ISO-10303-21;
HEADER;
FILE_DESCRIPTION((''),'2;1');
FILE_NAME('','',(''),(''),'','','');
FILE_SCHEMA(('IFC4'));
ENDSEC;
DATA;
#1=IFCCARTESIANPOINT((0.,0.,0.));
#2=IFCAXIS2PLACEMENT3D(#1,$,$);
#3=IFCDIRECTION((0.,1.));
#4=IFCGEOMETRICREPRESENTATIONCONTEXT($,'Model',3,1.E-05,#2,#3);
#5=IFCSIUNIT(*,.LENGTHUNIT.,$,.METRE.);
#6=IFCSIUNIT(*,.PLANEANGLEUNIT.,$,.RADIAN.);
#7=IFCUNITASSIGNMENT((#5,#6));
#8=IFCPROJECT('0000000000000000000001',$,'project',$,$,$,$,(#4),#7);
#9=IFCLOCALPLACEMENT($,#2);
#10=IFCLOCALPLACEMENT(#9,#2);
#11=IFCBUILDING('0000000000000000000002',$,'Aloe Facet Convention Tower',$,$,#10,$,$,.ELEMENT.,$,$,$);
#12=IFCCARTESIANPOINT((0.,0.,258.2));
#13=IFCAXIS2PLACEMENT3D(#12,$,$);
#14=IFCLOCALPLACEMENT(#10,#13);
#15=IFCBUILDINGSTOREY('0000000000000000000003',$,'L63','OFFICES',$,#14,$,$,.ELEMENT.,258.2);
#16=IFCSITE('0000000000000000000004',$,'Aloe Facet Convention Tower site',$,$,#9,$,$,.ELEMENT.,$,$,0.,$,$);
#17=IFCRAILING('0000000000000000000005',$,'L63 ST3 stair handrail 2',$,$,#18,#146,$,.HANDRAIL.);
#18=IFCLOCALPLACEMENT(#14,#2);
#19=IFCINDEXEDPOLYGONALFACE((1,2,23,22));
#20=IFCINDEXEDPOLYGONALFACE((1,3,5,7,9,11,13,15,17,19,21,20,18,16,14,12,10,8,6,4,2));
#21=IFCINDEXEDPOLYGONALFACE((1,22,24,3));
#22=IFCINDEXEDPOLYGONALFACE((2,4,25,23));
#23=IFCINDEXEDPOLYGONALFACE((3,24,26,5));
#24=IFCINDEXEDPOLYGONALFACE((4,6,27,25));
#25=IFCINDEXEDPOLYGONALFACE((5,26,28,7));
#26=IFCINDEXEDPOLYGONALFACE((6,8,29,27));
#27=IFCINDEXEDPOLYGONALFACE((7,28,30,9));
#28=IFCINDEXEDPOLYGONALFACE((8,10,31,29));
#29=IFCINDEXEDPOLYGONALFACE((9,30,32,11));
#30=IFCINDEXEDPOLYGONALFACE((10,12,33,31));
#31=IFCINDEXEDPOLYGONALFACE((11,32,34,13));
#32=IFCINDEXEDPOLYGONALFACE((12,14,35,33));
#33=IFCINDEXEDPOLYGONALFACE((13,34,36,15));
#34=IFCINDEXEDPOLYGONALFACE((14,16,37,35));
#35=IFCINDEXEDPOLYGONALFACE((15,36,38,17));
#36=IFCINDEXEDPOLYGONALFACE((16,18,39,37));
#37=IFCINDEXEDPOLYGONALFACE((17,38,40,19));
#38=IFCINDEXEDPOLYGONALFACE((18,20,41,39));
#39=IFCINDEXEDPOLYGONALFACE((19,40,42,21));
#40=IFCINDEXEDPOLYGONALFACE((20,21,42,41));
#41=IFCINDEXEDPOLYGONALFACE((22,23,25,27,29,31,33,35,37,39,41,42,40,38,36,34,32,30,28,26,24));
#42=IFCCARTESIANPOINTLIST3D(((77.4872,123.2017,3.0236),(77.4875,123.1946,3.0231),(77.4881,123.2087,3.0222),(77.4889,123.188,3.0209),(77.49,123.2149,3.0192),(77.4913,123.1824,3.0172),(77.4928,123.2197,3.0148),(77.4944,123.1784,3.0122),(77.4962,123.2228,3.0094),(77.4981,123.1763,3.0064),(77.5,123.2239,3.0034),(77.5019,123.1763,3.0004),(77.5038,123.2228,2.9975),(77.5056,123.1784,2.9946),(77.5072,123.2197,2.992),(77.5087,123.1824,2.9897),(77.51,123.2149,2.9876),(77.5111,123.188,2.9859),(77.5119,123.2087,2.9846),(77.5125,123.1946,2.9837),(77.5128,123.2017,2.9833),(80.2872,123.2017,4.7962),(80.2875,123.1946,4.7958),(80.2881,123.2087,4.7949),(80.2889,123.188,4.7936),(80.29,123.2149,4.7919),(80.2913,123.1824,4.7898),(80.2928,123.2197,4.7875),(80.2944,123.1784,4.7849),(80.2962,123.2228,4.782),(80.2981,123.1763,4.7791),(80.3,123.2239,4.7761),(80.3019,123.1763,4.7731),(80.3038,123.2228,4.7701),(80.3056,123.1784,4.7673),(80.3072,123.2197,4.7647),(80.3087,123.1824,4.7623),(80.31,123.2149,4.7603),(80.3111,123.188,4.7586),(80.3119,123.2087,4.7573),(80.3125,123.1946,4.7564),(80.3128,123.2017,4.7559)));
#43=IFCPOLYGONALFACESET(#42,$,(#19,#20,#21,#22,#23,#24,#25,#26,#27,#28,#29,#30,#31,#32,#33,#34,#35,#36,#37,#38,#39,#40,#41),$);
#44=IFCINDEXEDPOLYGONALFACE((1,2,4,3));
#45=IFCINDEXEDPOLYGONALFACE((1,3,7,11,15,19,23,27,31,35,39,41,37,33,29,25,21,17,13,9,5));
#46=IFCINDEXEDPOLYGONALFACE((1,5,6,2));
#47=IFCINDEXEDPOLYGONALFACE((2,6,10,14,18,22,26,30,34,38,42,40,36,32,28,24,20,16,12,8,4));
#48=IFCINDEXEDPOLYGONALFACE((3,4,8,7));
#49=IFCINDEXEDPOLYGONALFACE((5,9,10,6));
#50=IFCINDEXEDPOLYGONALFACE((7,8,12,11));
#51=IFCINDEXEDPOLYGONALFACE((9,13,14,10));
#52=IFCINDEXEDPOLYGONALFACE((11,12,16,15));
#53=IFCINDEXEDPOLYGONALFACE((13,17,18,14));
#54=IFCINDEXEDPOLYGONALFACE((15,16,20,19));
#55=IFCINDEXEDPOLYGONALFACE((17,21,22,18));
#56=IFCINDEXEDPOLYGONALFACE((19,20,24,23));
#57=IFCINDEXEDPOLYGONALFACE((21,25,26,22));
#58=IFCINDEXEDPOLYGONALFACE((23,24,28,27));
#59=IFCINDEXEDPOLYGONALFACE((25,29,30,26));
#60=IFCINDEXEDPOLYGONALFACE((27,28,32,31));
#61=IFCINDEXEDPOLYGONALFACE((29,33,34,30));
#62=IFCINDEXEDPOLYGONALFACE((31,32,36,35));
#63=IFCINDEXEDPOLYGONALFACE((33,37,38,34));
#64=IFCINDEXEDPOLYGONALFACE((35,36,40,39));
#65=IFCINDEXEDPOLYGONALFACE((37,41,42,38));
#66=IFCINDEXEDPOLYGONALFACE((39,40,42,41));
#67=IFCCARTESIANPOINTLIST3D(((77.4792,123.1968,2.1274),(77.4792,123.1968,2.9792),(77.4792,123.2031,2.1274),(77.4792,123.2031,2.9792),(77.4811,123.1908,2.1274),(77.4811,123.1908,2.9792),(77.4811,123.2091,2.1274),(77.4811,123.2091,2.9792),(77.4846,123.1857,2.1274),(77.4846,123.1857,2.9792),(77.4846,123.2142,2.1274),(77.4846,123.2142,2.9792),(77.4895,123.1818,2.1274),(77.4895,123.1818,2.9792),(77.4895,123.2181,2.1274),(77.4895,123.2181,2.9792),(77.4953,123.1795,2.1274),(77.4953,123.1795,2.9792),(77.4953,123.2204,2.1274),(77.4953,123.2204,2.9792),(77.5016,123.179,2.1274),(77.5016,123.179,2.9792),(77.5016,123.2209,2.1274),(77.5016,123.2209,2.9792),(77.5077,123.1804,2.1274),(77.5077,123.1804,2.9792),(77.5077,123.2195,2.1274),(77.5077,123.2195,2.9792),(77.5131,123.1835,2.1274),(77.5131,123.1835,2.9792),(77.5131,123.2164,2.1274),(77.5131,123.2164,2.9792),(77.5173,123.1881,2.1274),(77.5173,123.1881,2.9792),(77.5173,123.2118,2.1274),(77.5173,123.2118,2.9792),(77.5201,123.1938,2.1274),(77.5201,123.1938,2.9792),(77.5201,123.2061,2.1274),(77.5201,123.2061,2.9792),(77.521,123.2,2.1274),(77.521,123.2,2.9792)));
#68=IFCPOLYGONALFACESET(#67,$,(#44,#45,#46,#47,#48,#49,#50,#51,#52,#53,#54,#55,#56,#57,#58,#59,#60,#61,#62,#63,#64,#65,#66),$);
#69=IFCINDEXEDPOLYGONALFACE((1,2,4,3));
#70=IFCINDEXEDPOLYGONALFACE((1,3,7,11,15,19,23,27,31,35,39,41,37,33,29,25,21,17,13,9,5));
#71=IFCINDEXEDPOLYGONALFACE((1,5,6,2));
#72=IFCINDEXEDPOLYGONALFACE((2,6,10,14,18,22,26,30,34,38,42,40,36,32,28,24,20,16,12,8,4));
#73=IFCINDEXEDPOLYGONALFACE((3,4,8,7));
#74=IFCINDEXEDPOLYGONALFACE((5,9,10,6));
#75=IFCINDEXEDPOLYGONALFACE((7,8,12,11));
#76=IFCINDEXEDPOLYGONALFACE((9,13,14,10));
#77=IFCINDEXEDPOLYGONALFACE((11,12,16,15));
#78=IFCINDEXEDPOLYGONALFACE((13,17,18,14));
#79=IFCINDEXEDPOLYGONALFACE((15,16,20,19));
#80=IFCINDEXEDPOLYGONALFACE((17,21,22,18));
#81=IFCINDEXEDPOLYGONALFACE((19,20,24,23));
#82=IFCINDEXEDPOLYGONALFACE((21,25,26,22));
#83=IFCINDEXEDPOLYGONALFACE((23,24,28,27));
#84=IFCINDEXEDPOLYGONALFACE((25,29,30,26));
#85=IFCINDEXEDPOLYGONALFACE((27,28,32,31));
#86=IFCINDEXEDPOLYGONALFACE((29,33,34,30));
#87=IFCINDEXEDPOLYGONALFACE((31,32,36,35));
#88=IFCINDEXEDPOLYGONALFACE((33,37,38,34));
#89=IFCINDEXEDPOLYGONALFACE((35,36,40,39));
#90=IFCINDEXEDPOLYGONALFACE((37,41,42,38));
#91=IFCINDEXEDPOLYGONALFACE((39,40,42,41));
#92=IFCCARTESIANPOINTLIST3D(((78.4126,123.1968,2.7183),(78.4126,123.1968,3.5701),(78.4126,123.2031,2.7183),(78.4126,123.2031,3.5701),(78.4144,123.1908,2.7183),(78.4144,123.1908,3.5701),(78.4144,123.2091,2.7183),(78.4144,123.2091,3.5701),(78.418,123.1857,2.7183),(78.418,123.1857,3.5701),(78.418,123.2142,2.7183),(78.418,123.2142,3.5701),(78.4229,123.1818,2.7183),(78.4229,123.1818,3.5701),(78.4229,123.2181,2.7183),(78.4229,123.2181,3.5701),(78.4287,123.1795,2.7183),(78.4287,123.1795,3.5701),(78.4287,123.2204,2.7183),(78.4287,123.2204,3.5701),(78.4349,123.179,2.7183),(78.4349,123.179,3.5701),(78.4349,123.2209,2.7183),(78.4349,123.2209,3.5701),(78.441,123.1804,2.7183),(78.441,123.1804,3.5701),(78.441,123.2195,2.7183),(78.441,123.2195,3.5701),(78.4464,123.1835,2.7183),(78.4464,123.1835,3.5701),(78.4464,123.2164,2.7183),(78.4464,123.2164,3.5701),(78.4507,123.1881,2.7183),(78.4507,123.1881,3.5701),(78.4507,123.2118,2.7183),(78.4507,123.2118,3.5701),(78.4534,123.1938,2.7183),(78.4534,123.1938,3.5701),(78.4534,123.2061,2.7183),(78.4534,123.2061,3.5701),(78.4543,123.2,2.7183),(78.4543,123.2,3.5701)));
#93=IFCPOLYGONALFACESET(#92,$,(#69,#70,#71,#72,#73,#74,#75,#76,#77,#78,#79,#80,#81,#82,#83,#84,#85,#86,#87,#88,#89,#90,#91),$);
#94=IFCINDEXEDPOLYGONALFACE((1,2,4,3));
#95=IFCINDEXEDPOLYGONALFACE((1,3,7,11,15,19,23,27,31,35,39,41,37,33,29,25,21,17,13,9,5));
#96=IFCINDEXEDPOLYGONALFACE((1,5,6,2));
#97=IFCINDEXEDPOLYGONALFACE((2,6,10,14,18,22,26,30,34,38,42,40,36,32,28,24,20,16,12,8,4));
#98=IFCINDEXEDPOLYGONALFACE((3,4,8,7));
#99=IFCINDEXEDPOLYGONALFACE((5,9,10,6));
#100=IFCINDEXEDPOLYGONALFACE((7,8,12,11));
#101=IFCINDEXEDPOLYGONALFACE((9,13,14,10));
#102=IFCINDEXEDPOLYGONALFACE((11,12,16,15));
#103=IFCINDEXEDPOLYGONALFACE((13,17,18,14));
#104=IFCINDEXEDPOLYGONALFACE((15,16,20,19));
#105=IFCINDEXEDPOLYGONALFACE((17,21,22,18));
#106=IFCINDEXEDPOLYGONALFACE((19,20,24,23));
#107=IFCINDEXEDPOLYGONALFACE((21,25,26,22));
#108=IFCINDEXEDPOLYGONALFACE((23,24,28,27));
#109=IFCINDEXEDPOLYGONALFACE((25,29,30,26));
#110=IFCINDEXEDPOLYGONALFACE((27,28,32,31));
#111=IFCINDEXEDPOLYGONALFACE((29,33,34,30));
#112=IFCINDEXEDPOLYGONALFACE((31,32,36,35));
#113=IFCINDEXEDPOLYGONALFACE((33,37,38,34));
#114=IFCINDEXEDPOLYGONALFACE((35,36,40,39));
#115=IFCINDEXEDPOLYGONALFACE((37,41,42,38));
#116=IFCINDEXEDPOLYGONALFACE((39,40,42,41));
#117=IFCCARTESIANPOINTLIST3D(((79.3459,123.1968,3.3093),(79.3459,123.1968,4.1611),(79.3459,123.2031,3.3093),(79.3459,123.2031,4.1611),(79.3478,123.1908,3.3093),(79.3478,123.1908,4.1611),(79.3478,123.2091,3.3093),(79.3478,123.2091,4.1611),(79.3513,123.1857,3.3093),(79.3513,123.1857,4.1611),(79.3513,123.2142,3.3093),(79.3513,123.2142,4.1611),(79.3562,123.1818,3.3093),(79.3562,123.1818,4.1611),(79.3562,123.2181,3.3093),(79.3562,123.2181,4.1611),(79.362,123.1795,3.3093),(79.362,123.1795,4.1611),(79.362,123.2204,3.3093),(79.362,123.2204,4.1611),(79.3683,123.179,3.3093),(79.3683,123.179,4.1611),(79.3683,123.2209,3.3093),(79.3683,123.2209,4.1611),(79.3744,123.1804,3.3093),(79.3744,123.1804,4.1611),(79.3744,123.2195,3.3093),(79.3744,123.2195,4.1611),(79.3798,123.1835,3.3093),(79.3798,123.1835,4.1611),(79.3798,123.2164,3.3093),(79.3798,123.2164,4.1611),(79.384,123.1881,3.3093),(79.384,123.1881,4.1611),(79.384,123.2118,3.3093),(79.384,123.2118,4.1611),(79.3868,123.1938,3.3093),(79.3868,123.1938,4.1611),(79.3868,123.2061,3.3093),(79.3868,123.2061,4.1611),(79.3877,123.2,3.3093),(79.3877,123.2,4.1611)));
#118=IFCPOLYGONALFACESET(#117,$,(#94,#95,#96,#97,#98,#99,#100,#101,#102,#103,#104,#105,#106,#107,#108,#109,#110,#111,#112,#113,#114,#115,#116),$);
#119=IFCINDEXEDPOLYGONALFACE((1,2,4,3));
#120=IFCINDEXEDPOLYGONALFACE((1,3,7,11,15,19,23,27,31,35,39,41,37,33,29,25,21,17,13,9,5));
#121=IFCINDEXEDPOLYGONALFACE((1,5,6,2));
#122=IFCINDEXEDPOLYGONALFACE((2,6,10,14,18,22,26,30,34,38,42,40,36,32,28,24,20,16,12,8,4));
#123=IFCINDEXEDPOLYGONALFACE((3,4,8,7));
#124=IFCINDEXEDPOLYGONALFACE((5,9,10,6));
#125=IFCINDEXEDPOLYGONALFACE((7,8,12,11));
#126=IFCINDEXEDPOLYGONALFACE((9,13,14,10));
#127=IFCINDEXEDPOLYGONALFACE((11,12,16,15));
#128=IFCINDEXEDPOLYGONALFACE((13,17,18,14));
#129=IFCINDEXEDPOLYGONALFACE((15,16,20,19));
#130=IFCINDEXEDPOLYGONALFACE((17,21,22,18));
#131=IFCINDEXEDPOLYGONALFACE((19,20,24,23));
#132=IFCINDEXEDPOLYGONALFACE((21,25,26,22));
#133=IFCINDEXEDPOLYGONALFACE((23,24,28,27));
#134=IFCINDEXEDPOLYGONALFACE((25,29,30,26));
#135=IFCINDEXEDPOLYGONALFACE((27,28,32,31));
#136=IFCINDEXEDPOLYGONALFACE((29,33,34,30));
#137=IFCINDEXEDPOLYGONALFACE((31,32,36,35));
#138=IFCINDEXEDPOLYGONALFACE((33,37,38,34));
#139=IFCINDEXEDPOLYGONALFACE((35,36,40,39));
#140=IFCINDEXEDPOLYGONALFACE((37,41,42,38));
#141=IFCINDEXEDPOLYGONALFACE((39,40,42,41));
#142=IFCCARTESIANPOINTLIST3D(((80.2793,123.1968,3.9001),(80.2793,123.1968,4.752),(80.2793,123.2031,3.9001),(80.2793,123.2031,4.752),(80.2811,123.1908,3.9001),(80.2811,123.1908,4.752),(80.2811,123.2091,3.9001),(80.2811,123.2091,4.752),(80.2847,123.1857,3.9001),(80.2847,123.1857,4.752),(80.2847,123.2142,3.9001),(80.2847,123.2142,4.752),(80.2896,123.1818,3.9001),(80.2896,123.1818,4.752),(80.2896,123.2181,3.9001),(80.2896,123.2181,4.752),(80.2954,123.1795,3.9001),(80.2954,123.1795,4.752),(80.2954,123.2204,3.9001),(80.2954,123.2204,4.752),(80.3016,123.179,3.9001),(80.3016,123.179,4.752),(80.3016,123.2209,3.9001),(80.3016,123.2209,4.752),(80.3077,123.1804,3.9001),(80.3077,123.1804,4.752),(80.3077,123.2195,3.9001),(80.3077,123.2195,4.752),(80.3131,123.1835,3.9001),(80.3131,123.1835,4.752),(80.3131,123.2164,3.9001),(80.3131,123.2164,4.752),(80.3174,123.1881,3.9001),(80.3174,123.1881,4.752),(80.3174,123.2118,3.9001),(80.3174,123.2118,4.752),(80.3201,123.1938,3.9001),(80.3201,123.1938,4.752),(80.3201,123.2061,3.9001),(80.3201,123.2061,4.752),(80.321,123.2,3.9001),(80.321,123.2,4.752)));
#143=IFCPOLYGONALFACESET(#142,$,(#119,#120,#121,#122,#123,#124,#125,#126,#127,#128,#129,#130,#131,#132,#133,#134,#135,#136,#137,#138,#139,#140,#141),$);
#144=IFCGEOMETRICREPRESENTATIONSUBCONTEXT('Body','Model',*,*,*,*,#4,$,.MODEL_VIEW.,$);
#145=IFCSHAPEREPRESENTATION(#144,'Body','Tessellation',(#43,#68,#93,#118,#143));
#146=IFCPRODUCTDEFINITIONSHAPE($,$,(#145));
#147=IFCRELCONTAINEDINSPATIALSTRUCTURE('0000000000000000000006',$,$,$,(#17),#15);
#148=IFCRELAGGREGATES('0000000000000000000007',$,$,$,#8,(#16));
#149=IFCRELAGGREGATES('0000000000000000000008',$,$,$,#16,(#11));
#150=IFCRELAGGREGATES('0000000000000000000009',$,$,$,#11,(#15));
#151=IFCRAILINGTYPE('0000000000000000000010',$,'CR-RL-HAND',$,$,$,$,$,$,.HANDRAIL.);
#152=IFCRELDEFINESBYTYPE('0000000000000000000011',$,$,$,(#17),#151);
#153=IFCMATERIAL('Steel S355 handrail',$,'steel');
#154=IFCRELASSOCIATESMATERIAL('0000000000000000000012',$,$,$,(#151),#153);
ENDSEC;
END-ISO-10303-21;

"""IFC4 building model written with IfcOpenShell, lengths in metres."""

from ifc_helpers import new_model, si_unit, direction, frame, origin, origin_2d, place, context, subcontext, project, spatial, circle, extrude, material, type_object, element, save


model = new_model("IFC4")

# Units and contexts
model_context = context("Model", 3, precision=1e-05, world=origin(), true_north=direction((0.0, 1.0)))
body_context = subcontext(model_context, "Body", "Model", "MODEL_VIEW")
ifc_project = project(units=[si_unit("LENGTHUNIT", "METRE"), si_unit("PLANEANGLEUNIT", "RADIAN")], contexts=[model_context])

# Site, building, storey
site_placement = place(None, origin())
site = spatial("IfcSite", under=ifc_project, at=site_placement, Name="Aloe Facet Convention Tower site", CompositionType="ELEMENT", RefElevation=0.0)
building_placement = place(site_placement, origin())
building = spatial("IfcBuilding", under=site, at=building_placement, Name="Aloe Facet Convention Tower", CompositionType="ELEMENT")
storey_placement = place(building_placement, frame((0.0, 0.0, 258.2)))
storey = spatial("IfcBuildingStorey", under=building, at=storey_placement, Name="L63", Description="OFFICES", CompositionType="ELEMENT", Elevation=258.2)

# Railing
ifc_material_1 = material(Name="Steel S355 handrail", Category="steel")
railing_type_1 = type_object("IfcRailingType", Name="CR-RL-HAND", PredefinedType="HANDRAIL", material=ifc_material_1)
railing_1_placement = place(storey_placement, frame((77.5, 123.2, 2.1274)))
element("IfcRailing", 1, at=railing_1_placement, inside=storey, type_object=railing_type_1, Name="L63 ST3 stair handrail 2", PredefinedType="HANDRAIL", context=body_context, shape_type="SweptSolid", body=[
    extrude(circle(Radius=0.0239, at=origin_2d()), frame((0.0, 0.0, 0.876), z_axis=(0.844909, 0.0, 0.53491), x_axis=(0.0, 1.0, 0.0)), (0.0, 0.0, 1.0), 3.314),
    extrude(circle(Radius=0.021, at=origin_2d()), origin(), (0.0, 0.0, 1.0), 0.8518),
    extrude(circle(Radius=0.021, at=origin_2d()), frame((0.9333, 0.0, 0.5908)), (0.0, 0.0, 1.0), 0.8518),
    extrude(circle(Radius=0.021, at=origin_2d()), frame((1.8667, 0.0, 1.1819)), (0.0, 0.0, 1.0), 0.8518),
    extrude(circle(Radius=0.021, at=origin_2d()), frame((2.8, 0.0, 1.7727)), (0.0, 0.0, 1.0), 0.8518),
])

save(model, "model.ifc")
